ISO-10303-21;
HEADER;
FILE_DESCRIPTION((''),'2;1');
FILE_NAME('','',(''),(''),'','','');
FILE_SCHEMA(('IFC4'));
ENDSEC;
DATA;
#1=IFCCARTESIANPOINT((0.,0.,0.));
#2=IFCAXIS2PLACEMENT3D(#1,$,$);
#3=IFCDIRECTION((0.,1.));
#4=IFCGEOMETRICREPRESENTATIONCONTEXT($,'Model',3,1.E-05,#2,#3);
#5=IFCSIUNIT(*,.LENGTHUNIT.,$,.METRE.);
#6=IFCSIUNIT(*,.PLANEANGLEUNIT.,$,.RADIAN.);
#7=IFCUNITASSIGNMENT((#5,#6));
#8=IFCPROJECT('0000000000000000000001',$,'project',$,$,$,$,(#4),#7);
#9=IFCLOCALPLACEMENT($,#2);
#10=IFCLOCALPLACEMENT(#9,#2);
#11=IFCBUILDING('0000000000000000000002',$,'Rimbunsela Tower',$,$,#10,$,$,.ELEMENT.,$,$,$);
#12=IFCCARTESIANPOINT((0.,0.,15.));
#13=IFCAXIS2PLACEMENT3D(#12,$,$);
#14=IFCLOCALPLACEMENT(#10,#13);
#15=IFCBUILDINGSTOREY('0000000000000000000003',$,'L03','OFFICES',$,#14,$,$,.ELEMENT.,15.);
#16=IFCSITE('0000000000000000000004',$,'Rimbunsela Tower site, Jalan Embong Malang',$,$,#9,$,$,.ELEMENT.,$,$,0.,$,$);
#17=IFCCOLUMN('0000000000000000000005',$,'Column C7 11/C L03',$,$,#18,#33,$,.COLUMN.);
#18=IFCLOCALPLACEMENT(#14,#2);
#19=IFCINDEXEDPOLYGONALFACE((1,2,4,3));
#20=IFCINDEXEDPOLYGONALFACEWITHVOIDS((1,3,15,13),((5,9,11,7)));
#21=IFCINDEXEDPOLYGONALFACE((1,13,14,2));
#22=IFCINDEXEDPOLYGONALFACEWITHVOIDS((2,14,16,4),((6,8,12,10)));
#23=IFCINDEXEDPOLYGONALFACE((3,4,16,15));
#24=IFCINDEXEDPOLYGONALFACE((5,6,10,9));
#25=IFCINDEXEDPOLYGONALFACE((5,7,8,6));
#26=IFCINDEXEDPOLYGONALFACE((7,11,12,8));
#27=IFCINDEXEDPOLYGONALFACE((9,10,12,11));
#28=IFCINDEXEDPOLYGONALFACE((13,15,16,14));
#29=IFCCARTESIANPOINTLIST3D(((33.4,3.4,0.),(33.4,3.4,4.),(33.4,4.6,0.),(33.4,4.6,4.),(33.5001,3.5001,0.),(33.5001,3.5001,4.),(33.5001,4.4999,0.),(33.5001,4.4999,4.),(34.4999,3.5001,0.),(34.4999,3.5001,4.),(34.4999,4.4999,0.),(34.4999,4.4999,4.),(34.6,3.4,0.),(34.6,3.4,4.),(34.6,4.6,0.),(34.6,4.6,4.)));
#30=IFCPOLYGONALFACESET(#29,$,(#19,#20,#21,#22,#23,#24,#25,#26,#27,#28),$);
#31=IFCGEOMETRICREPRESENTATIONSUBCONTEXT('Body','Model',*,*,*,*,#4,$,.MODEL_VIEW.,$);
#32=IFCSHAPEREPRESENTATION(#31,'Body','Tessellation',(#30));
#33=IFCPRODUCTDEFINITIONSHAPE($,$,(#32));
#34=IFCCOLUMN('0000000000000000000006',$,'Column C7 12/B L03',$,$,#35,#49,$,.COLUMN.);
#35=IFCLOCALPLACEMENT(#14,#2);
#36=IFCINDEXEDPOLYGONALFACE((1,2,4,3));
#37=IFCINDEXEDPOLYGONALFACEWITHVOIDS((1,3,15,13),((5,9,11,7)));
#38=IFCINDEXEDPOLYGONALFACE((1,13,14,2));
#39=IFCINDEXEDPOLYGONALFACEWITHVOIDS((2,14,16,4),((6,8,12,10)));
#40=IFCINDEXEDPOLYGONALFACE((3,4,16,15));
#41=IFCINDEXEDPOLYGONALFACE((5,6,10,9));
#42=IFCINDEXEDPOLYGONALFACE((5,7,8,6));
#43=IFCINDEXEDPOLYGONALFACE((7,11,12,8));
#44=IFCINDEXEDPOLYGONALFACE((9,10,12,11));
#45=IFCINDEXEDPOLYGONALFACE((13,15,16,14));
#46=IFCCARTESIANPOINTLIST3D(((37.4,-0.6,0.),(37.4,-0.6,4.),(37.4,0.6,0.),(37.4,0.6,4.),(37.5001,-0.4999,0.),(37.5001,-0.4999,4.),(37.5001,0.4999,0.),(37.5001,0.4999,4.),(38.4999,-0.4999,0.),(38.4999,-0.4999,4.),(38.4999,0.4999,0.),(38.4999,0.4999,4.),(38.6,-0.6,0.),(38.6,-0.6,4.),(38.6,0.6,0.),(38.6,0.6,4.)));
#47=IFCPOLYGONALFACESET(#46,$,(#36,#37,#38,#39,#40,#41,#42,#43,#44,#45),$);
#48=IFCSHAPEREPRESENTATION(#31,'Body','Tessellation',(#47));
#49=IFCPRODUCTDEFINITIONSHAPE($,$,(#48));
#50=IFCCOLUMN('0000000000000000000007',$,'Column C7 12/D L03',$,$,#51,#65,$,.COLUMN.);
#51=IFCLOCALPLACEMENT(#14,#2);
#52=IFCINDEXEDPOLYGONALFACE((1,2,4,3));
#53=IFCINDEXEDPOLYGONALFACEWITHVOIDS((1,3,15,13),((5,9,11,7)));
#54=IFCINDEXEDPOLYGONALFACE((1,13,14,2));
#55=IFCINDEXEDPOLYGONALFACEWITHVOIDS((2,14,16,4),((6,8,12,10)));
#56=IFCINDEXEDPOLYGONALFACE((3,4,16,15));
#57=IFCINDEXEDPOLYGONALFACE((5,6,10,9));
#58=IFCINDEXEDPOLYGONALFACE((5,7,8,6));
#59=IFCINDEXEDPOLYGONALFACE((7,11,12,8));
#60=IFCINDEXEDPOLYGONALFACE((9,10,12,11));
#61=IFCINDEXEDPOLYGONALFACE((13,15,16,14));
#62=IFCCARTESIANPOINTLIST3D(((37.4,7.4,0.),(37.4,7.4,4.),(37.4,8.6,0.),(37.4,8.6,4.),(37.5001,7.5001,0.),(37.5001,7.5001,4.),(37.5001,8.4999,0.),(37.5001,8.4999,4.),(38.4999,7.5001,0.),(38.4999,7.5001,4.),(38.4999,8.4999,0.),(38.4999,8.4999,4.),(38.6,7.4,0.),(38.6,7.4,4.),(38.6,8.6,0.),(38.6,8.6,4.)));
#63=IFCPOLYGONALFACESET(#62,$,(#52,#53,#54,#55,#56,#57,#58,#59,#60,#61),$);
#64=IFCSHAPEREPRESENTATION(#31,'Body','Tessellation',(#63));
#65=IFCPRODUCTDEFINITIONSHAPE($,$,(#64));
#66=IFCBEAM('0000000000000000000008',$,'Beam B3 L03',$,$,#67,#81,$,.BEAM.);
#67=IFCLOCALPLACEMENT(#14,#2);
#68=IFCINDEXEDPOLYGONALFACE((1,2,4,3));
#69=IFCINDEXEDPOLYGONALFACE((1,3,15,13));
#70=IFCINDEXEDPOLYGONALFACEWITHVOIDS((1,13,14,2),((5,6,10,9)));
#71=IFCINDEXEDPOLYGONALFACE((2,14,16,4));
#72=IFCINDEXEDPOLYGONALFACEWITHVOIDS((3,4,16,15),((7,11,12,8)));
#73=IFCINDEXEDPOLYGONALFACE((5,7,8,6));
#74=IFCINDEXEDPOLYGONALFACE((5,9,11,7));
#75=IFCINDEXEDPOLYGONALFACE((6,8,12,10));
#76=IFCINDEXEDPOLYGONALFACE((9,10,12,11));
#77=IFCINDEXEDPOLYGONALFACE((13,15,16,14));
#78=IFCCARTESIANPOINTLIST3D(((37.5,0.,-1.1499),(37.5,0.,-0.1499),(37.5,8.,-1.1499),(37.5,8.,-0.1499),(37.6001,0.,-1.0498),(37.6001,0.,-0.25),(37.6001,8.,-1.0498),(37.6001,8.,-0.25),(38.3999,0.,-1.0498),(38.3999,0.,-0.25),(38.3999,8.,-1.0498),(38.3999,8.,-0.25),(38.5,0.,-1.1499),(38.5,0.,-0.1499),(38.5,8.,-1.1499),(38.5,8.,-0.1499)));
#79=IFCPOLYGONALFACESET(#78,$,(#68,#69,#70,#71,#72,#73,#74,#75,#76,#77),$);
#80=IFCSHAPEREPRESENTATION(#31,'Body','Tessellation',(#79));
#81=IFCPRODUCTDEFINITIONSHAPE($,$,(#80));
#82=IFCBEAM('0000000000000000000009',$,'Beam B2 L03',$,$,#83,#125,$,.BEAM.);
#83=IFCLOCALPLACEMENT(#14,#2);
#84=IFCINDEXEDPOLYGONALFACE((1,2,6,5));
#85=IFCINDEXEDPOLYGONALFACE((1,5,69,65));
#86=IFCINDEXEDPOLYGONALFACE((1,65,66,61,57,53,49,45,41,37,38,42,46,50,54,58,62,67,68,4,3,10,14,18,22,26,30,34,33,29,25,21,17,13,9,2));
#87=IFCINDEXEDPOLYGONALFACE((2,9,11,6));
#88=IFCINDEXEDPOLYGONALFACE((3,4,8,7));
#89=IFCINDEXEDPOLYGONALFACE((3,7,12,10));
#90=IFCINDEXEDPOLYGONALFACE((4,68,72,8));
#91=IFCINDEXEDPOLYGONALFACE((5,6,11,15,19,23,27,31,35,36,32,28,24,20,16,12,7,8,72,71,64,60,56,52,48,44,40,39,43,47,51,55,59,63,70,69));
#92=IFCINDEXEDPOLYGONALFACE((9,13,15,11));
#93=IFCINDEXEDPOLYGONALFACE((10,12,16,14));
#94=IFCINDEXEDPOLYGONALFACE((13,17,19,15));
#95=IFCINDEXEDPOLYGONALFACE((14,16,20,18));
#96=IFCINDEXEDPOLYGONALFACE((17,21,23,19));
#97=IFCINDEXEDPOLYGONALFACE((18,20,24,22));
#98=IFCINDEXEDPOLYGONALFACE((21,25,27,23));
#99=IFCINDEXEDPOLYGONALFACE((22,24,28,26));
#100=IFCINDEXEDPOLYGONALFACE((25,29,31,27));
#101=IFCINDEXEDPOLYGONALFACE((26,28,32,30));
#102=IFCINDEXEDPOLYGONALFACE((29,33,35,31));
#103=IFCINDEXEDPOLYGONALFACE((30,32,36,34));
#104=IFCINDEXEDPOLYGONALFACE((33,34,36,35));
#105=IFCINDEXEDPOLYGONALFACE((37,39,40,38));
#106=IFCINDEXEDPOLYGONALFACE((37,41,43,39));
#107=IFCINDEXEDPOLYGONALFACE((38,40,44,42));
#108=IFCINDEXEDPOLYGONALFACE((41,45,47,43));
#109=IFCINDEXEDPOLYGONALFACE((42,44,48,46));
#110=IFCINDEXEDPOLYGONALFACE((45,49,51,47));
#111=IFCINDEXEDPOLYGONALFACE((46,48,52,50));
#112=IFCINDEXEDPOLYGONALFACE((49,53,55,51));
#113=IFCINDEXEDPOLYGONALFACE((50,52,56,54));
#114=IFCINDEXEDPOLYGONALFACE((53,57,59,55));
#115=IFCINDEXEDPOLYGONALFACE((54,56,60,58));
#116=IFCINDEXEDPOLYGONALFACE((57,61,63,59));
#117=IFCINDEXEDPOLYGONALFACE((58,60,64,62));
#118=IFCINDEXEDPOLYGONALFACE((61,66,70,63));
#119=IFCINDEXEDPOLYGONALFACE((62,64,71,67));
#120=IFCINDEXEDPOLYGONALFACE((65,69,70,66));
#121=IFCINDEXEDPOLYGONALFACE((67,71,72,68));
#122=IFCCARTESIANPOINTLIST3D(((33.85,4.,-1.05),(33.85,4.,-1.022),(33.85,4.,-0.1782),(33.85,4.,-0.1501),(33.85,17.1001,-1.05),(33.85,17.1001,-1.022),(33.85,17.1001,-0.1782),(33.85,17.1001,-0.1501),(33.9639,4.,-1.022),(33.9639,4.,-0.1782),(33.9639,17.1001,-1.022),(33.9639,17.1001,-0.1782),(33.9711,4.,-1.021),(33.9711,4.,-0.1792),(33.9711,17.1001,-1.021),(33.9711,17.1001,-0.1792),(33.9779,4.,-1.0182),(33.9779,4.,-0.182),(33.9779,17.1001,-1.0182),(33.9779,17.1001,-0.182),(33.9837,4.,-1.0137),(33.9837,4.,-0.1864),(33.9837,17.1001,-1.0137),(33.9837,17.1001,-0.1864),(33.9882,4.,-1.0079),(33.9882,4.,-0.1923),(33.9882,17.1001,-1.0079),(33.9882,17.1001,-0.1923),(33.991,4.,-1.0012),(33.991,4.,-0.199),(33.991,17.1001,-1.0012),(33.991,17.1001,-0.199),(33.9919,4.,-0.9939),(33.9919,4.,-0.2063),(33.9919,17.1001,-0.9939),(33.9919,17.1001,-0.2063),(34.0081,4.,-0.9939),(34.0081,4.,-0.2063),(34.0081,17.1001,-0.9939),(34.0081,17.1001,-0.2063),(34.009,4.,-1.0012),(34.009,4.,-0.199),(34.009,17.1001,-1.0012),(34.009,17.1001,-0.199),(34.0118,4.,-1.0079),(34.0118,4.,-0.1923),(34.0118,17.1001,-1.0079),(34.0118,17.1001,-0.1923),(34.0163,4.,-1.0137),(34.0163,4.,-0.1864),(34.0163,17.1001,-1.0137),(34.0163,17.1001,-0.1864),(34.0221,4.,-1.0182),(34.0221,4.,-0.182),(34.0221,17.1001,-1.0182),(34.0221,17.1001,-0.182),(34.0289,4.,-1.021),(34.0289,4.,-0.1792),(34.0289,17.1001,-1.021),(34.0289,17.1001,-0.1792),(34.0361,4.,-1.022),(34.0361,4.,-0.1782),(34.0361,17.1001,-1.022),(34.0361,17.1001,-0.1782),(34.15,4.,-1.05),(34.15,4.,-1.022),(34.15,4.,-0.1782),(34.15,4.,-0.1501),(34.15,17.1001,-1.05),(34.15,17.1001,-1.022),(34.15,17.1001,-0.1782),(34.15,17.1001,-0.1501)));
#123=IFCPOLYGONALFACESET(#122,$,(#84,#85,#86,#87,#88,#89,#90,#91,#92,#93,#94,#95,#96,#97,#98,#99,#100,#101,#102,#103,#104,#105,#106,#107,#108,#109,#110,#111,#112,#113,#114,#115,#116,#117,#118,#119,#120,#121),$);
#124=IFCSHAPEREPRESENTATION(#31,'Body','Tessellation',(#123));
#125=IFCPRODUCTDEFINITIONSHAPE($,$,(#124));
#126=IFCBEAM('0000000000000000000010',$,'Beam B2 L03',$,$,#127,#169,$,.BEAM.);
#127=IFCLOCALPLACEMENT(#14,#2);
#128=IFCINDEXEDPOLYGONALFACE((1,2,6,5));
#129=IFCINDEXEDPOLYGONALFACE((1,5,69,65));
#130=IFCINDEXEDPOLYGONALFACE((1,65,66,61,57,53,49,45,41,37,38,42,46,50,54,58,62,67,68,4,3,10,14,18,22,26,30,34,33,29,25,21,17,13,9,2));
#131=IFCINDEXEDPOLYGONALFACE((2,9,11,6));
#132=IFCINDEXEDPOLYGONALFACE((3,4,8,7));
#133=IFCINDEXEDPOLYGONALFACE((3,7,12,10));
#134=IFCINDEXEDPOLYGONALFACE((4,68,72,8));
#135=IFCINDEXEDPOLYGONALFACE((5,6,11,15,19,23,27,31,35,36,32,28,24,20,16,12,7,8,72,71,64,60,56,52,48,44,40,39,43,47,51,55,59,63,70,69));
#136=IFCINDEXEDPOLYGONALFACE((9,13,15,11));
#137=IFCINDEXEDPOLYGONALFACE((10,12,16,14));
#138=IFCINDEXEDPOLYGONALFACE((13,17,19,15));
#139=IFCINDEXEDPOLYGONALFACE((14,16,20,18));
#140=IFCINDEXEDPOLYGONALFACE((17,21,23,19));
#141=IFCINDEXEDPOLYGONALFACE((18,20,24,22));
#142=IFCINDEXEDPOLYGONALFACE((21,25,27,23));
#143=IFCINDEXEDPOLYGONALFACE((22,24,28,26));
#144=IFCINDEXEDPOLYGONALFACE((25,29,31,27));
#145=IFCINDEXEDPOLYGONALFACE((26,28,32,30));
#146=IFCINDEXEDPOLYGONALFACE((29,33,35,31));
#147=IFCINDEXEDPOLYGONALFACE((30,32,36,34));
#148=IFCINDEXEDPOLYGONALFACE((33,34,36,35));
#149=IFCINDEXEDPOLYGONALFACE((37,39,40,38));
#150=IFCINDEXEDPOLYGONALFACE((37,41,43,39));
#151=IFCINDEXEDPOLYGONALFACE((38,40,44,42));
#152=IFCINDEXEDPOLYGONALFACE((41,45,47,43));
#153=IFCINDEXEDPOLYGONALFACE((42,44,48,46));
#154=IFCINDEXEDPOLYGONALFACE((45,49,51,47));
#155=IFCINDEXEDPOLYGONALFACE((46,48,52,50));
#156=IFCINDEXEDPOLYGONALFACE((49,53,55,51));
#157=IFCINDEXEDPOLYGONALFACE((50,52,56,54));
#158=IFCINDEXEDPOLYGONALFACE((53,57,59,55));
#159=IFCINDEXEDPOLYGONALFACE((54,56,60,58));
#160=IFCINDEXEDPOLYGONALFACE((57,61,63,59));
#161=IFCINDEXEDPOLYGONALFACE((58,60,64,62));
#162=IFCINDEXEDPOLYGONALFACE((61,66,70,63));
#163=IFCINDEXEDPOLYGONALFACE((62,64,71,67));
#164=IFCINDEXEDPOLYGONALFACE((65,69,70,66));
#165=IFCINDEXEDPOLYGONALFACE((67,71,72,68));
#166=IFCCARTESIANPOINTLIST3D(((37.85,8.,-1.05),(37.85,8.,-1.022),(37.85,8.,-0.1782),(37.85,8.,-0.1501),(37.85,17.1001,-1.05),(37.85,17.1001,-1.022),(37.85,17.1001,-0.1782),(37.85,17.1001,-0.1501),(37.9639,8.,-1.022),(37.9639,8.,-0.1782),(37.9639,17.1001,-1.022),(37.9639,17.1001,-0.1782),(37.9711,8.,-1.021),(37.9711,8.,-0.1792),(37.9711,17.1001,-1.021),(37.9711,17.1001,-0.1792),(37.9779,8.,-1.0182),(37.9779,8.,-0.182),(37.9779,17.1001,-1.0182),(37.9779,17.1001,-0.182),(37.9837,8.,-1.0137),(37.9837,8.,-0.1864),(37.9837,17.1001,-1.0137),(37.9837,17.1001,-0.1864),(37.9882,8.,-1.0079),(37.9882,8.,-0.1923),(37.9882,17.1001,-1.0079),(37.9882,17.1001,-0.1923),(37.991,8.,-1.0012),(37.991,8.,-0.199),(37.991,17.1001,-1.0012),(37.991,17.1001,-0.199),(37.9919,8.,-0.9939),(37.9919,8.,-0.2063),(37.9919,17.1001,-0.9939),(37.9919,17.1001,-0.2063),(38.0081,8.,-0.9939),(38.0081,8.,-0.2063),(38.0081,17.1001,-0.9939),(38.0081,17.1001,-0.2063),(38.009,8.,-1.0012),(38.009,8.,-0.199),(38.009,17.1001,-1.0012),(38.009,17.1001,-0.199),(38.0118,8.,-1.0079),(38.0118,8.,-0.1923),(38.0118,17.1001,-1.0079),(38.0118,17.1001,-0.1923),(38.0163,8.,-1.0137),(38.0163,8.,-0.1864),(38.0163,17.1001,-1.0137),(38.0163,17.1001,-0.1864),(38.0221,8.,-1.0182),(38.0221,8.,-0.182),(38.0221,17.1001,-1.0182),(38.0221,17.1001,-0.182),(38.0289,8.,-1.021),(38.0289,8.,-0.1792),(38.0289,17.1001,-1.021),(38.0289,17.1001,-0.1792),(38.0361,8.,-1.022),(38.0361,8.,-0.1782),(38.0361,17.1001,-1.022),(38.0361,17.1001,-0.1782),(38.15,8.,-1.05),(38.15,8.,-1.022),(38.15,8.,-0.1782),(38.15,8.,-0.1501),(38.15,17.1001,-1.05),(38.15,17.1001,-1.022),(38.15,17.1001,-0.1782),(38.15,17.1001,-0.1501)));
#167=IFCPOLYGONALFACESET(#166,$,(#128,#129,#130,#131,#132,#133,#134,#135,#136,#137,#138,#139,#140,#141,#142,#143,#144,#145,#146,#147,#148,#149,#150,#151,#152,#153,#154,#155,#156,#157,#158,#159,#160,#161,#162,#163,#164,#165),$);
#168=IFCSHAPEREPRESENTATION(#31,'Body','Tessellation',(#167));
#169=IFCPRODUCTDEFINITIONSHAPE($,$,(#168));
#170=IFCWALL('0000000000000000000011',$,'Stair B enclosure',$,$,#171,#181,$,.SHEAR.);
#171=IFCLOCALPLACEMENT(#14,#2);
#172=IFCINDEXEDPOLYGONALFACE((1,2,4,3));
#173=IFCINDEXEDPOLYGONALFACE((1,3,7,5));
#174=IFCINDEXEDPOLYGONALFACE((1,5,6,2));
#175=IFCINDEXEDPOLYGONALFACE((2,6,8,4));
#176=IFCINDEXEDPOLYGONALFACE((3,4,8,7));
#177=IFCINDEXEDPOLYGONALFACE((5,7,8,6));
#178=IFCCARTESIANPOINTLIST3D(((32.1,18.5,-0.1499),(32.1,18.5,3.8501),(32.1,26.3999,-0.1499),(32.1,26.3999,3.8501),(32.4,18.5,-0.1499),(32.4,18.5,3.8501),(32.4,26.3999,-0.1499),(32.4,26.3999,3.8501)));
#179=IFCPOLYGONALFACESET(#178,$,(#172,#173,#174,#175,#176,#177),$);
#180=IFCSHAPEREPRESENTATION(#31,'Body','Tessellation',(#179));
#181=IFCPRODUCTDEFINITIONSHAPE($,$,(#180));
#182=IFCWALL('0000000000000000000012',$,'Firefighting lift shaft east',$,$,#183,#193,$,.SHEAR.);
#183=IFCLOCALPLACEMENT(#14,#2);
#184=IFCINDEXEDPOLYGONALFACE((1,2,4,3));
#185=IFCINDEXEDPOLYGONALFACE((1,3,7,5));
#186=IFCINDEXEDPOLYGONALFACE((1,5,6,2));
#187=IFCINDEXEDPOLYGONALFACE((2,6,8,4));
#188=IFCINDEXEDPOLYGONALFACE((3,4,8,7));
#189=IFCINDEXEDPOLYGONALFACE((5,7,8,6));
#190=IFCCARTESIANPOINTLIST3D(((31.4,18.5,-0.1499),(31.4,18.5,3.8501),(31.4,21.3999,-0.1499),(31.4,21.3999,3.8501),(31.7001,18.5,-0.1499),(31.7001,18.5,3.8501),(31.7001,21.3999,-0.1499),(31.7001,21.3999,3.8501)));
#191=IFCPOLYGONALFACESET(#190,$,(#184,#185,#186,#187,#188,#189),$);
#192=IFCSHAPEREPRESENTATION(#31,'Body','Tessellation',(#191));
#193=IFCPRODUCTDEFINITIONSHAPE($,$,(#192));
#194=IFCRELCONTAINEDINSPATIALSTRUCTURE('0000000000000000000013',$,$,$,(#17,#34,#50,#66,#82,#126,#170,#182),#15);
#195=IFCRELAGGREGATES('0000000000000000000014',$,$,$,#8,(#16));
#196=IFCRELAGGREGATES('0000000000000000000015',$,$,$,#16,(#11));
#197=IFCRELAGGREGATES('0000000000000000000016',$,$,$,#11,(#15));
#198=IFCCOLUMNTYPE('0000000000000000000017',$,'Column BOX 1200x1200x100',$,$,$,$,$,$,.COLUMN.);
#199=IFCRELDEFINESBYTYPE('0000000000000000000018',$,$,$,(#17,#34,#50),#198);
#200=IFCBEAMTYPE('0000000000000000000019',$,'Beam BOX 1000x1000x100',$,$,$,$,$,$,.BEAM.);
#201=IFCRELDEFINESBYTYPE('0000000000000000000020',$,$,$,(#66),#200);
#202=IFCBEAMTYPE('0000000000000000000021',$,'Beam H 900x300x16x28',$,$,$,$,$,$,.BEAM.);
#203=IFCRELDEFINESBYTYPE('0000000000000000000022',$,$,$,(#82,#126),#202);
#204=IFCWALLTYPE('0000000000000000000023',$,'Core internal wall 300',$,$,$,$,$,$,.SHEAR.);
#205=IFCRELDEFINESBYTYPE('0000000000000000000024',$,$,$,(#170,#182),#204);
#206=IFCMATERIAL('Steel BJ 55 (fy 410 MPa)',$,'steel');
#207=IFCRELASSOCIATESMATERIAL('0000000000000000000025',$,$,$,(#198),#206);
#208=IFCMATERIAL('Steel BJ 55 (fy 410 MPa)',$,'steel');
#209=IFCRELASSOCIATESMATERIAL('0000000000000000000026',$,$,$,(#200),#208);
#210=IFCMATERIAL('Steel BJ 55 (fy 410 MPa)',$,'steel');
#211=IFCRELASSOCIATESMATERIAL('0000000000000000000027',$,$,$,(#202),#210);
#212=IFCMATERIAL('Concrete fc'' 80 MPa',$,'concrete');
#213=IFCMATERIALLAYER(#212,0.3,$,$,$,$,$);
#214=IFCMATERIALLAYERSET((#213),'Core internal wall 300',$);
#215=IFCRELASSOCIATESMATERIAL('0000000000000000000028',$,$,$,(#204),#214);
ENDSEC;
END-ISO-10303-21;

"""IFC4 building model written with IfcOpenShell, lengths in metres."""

from ifc_helpers import new_model, si_unit, direction, frame, frame_2d, origin, origin_2d, place, context, subcontext, project, spatial, rectangle, hollow_rectangle, i_section, extrude, material, layer, layer_set, material_profile, profile_set, type_object, element, save


model = new_model("IFC4")

# Units and contexts
model_context = context("Model", 3, precision=1e-05, world=origin(), true_north=direction((0.0, 1.0)))
body_context = subcontext(model_context, "Body", "Model", "MODEL_VIEW")
ifc_project = project(units=[si_unit("LENGTHUNIT", "METRE"), si_unit("PLANEANGLEUNIT", "RADIAN")], contexts=[model_context])

# Site, building, storey
site_placement = place(None, origin())
site = spatial("IfcSite", under=ifc_project, at=site_placement, Name="Rimbunsela Tower site, Jalan Embong Malang", CompositionType="ELEMENT", RefElevation=0.0)
building_placement = place(site_placement, origin())
building = spatial("IfcBuilding", under=site, at=building_placement, Name="Rimbunsela Tower", CompositionType="ELEMENT")
storey_placement = place(building_placement, frame((0.0, 0.0, 15.0)))
storey = spatial("IfcBuildingStorey", under=building, at=storey_placement, Name="L03", Description="OFFICES", CompositionType="ELEMENT", Elevation=15.0)

# Columns
ifc_material_1 = material(Name="Steel BJ 55 (fy 410 MPa)", Category="steel")
ifc_material_profile_1 = material_profile(ifc_material_1, hollow_rectangle(XDim=1.2, YDim=1.2, WallThickness=0.1001, at=origin_2d()), Name="BOX 1200x1200x100")
ifc_profile_set_1 = profile_set([ifc_material_profile_1], Name="Steel BJ 55 (fy 410 MPa)")
column_type = type_object("IfcColumnType", Name="Column BOX 1200x1200x100", PredefinedType="COLUMN", material=ifc_profile_set_1)
for number, where, z_axis, x_axis, name in (
    (1, (34.0, 4.0, 0.0), (0.0, 0.0, 1.0), (1.0, 0.0, 0.0), "Column C7 11/C L03"),
    (2, (38.0, 0.0, 0.0), (0.0, 0.0, 1.0), (1.0, 0.0, 0.0), "Column C7 12/B L03"),
    (3, (38.0, 8.0, 0.0), (0.0, 0.0, 1.0), (1.0, 0.0, 0.0), "Column C7 12/D L03"),
):
    element("IfcColumn", number, at=place(storey_placement, frame(where, z_axis=z_axis, x_axis=x_axis)), inside=storey, type_object=column_type, Name=name, PredefinedType="COLUMN", context=body_context, shape_type="SweptSolid", body=[
        extrude(hollow_rectangle(XDim=1.2, YDim=1.2, WallThickness=0.1001, at=origin_2d()), origin(), (0.0, 0.0, 1.0), 4.0),
    ])

# Beams
ifc_material_2 = material(Name="Steel BJ 55 (fy 410 MPa)", Category="steel")
ifc_material_profile_2 = material_profile(ifc_material_2, hollow_rectangle(XDim=1.0, YDim=1.0, WallThickness=0.1001, at=origin_2d()), Name="BOX 1000x1000x100")
ifc_profile_set_2 = profile_set([ifc_material_profile_2], Name="Steel BJ 55 (fy 410 MPa)")
beam_type_1 = type_object("IfcBeamType", Name="Beam BOX 1000x1000x100", PredefinedType="BEAM", material=ifc_profile_set_2)
beam_1_placement = place(storey_placement, frame((38.0, 0.0, -0.6499), z_axis=(0.0, 1.0, 0.0), x_axis=(-1.0, 0.0, 0.0)))
element("IfcBeam", 4, at=beam_1_placement, inside=storey, type_object=beam_type_1, Name="Beam B3 L03", PredefinedType="BEAM", context=body_context, shape_type="SweptSolid", body=[
    extrude(hollow_rectangle(XDim=1.0, YDim=1.0, WallThickness=0.1001, at=origin_2d()), origin(), (0.0, 0.0, 1.0), 8.0),
])
ifc_material_3 = material(Name="Steel BJ 55 (fy 410 MPa)", Category="steel")
ifc_material_profile_3 = material_profile(ifc_material_3, i_section(OverallWidth=0.3, OverallDepth=0.8999, WebThickness=0.0161, FlangeThickness=0.0281, FilletRadius=0.0281, at=origin_2d()), Name="H 900x300x16x28")
ifc_profile_set_3 = profile_set([ifc_material_profile_3], Name="Steel BJ 55 (fy 410 MPa)")
beam_type_2 = type_object("IfcBeamType", Name="Beam H 900x300x16x28", PredefinedType="BEAM", material=ifc_profile_set_3)
beam_2_placement = place(storey_placement, frame((34.0, 4.0, -0.6001), z_axis=(0.0, 1.0, 0.0), x_axis=(-1.0, 0.0, 0.0)))
element("IfcBeam", 5, at=beam_2_placement, inside=storey, type_object=beam_type_2, Name="Beam B2 L03", PredefinedType="BEAM", context=body_context, shape_type="SweptSolid", body=[
    extrude(i_section(OverallWidth=0.3, OverallDepth=0.8999, WebThickness=0.0161, FlangeThickness=0.0281, FilletRadius=0.0281, at=origin_2d()), origin(), (0.0, 0.0, 1.0), 13.1001),
])
beam_3_placement = place(storey_placement, frame((38.0, 8.0, -0.6001), z_axis=(0.0, 1.0, 0.0), x_axis=(-1.0, 0.0, 0.0)))
element("IfcBeam", 6, at=beam_3_placement, inside=storey, type_object=beam_type_2, Name="Beam B2 L03", PredefinedType="BEAM", context=body_context, shape_type="SweptSolid", body=[
    extrude(i_section(OverallWidth=0.3, OverallDepth=0.8999, WebThickness=0.0161, FlangeThickness=0.0281, FilletRadius=0.0281, at=origin_2d()), origin(), (0.0, 0.0, 1.0), 9.1001),
])

# Walls
ifc_material_4 = material(Name="Concrete fc' 80 MPa", Category="concrete")
ifc_layer_1 = layer(ifc_material_4, 0.3)
ifc_layer_set_1 = layer_set([ifc_layer_1], Name="Core internal wall 300")
wall_type_1 = type_object("IfcWallType", Name="Core internal wall 300", PredefinedType="SHEAR", material=ifc_layer_set_1)
wall_1_placement = place(storey_placement, frame((32.25, 18.5, -0.1499), z_axis=(0.0, 0.0, 1.0), x_axis=(0.0, 1.0, 0.0)))
element("IfcWall", 7, at=wall_1_placement, inside=storey, type_object=wall_type_1, Name="Stair B enclosure", PredefinedType="SHEAR", context=body_context, shape_type="SweptSolid", body=[
    extrude(rectangle(XDim=7.8999, YDim=0.3, at=frame_2d((3.95, 0.0))), origin(), (0.0, 0.0, 1.0), 4.0),
])
wall_2_placement = place(storey_placement, frame((31.55, 18.5, -0.1499), z_axis=(0.0, 0.0, 1.0), x_axis=(0.0, 1.0, 0.0)))
element("IfcWall", 8, at=wall_2_placement, inside=storey, type_object=wall_type_1, Name="Firefighting lift shaft east", PredefinedType="SHEAR", context=body_context, shape_type="SweptSolid", body=[
    extrude(rectangle(XDim=2.8999, YDim=0.3, at=frame_2d((1.45, 0.0))), origin(), (0.0, 0.0, 1.0), 4.0),
])

save(model, "model.ifc")
